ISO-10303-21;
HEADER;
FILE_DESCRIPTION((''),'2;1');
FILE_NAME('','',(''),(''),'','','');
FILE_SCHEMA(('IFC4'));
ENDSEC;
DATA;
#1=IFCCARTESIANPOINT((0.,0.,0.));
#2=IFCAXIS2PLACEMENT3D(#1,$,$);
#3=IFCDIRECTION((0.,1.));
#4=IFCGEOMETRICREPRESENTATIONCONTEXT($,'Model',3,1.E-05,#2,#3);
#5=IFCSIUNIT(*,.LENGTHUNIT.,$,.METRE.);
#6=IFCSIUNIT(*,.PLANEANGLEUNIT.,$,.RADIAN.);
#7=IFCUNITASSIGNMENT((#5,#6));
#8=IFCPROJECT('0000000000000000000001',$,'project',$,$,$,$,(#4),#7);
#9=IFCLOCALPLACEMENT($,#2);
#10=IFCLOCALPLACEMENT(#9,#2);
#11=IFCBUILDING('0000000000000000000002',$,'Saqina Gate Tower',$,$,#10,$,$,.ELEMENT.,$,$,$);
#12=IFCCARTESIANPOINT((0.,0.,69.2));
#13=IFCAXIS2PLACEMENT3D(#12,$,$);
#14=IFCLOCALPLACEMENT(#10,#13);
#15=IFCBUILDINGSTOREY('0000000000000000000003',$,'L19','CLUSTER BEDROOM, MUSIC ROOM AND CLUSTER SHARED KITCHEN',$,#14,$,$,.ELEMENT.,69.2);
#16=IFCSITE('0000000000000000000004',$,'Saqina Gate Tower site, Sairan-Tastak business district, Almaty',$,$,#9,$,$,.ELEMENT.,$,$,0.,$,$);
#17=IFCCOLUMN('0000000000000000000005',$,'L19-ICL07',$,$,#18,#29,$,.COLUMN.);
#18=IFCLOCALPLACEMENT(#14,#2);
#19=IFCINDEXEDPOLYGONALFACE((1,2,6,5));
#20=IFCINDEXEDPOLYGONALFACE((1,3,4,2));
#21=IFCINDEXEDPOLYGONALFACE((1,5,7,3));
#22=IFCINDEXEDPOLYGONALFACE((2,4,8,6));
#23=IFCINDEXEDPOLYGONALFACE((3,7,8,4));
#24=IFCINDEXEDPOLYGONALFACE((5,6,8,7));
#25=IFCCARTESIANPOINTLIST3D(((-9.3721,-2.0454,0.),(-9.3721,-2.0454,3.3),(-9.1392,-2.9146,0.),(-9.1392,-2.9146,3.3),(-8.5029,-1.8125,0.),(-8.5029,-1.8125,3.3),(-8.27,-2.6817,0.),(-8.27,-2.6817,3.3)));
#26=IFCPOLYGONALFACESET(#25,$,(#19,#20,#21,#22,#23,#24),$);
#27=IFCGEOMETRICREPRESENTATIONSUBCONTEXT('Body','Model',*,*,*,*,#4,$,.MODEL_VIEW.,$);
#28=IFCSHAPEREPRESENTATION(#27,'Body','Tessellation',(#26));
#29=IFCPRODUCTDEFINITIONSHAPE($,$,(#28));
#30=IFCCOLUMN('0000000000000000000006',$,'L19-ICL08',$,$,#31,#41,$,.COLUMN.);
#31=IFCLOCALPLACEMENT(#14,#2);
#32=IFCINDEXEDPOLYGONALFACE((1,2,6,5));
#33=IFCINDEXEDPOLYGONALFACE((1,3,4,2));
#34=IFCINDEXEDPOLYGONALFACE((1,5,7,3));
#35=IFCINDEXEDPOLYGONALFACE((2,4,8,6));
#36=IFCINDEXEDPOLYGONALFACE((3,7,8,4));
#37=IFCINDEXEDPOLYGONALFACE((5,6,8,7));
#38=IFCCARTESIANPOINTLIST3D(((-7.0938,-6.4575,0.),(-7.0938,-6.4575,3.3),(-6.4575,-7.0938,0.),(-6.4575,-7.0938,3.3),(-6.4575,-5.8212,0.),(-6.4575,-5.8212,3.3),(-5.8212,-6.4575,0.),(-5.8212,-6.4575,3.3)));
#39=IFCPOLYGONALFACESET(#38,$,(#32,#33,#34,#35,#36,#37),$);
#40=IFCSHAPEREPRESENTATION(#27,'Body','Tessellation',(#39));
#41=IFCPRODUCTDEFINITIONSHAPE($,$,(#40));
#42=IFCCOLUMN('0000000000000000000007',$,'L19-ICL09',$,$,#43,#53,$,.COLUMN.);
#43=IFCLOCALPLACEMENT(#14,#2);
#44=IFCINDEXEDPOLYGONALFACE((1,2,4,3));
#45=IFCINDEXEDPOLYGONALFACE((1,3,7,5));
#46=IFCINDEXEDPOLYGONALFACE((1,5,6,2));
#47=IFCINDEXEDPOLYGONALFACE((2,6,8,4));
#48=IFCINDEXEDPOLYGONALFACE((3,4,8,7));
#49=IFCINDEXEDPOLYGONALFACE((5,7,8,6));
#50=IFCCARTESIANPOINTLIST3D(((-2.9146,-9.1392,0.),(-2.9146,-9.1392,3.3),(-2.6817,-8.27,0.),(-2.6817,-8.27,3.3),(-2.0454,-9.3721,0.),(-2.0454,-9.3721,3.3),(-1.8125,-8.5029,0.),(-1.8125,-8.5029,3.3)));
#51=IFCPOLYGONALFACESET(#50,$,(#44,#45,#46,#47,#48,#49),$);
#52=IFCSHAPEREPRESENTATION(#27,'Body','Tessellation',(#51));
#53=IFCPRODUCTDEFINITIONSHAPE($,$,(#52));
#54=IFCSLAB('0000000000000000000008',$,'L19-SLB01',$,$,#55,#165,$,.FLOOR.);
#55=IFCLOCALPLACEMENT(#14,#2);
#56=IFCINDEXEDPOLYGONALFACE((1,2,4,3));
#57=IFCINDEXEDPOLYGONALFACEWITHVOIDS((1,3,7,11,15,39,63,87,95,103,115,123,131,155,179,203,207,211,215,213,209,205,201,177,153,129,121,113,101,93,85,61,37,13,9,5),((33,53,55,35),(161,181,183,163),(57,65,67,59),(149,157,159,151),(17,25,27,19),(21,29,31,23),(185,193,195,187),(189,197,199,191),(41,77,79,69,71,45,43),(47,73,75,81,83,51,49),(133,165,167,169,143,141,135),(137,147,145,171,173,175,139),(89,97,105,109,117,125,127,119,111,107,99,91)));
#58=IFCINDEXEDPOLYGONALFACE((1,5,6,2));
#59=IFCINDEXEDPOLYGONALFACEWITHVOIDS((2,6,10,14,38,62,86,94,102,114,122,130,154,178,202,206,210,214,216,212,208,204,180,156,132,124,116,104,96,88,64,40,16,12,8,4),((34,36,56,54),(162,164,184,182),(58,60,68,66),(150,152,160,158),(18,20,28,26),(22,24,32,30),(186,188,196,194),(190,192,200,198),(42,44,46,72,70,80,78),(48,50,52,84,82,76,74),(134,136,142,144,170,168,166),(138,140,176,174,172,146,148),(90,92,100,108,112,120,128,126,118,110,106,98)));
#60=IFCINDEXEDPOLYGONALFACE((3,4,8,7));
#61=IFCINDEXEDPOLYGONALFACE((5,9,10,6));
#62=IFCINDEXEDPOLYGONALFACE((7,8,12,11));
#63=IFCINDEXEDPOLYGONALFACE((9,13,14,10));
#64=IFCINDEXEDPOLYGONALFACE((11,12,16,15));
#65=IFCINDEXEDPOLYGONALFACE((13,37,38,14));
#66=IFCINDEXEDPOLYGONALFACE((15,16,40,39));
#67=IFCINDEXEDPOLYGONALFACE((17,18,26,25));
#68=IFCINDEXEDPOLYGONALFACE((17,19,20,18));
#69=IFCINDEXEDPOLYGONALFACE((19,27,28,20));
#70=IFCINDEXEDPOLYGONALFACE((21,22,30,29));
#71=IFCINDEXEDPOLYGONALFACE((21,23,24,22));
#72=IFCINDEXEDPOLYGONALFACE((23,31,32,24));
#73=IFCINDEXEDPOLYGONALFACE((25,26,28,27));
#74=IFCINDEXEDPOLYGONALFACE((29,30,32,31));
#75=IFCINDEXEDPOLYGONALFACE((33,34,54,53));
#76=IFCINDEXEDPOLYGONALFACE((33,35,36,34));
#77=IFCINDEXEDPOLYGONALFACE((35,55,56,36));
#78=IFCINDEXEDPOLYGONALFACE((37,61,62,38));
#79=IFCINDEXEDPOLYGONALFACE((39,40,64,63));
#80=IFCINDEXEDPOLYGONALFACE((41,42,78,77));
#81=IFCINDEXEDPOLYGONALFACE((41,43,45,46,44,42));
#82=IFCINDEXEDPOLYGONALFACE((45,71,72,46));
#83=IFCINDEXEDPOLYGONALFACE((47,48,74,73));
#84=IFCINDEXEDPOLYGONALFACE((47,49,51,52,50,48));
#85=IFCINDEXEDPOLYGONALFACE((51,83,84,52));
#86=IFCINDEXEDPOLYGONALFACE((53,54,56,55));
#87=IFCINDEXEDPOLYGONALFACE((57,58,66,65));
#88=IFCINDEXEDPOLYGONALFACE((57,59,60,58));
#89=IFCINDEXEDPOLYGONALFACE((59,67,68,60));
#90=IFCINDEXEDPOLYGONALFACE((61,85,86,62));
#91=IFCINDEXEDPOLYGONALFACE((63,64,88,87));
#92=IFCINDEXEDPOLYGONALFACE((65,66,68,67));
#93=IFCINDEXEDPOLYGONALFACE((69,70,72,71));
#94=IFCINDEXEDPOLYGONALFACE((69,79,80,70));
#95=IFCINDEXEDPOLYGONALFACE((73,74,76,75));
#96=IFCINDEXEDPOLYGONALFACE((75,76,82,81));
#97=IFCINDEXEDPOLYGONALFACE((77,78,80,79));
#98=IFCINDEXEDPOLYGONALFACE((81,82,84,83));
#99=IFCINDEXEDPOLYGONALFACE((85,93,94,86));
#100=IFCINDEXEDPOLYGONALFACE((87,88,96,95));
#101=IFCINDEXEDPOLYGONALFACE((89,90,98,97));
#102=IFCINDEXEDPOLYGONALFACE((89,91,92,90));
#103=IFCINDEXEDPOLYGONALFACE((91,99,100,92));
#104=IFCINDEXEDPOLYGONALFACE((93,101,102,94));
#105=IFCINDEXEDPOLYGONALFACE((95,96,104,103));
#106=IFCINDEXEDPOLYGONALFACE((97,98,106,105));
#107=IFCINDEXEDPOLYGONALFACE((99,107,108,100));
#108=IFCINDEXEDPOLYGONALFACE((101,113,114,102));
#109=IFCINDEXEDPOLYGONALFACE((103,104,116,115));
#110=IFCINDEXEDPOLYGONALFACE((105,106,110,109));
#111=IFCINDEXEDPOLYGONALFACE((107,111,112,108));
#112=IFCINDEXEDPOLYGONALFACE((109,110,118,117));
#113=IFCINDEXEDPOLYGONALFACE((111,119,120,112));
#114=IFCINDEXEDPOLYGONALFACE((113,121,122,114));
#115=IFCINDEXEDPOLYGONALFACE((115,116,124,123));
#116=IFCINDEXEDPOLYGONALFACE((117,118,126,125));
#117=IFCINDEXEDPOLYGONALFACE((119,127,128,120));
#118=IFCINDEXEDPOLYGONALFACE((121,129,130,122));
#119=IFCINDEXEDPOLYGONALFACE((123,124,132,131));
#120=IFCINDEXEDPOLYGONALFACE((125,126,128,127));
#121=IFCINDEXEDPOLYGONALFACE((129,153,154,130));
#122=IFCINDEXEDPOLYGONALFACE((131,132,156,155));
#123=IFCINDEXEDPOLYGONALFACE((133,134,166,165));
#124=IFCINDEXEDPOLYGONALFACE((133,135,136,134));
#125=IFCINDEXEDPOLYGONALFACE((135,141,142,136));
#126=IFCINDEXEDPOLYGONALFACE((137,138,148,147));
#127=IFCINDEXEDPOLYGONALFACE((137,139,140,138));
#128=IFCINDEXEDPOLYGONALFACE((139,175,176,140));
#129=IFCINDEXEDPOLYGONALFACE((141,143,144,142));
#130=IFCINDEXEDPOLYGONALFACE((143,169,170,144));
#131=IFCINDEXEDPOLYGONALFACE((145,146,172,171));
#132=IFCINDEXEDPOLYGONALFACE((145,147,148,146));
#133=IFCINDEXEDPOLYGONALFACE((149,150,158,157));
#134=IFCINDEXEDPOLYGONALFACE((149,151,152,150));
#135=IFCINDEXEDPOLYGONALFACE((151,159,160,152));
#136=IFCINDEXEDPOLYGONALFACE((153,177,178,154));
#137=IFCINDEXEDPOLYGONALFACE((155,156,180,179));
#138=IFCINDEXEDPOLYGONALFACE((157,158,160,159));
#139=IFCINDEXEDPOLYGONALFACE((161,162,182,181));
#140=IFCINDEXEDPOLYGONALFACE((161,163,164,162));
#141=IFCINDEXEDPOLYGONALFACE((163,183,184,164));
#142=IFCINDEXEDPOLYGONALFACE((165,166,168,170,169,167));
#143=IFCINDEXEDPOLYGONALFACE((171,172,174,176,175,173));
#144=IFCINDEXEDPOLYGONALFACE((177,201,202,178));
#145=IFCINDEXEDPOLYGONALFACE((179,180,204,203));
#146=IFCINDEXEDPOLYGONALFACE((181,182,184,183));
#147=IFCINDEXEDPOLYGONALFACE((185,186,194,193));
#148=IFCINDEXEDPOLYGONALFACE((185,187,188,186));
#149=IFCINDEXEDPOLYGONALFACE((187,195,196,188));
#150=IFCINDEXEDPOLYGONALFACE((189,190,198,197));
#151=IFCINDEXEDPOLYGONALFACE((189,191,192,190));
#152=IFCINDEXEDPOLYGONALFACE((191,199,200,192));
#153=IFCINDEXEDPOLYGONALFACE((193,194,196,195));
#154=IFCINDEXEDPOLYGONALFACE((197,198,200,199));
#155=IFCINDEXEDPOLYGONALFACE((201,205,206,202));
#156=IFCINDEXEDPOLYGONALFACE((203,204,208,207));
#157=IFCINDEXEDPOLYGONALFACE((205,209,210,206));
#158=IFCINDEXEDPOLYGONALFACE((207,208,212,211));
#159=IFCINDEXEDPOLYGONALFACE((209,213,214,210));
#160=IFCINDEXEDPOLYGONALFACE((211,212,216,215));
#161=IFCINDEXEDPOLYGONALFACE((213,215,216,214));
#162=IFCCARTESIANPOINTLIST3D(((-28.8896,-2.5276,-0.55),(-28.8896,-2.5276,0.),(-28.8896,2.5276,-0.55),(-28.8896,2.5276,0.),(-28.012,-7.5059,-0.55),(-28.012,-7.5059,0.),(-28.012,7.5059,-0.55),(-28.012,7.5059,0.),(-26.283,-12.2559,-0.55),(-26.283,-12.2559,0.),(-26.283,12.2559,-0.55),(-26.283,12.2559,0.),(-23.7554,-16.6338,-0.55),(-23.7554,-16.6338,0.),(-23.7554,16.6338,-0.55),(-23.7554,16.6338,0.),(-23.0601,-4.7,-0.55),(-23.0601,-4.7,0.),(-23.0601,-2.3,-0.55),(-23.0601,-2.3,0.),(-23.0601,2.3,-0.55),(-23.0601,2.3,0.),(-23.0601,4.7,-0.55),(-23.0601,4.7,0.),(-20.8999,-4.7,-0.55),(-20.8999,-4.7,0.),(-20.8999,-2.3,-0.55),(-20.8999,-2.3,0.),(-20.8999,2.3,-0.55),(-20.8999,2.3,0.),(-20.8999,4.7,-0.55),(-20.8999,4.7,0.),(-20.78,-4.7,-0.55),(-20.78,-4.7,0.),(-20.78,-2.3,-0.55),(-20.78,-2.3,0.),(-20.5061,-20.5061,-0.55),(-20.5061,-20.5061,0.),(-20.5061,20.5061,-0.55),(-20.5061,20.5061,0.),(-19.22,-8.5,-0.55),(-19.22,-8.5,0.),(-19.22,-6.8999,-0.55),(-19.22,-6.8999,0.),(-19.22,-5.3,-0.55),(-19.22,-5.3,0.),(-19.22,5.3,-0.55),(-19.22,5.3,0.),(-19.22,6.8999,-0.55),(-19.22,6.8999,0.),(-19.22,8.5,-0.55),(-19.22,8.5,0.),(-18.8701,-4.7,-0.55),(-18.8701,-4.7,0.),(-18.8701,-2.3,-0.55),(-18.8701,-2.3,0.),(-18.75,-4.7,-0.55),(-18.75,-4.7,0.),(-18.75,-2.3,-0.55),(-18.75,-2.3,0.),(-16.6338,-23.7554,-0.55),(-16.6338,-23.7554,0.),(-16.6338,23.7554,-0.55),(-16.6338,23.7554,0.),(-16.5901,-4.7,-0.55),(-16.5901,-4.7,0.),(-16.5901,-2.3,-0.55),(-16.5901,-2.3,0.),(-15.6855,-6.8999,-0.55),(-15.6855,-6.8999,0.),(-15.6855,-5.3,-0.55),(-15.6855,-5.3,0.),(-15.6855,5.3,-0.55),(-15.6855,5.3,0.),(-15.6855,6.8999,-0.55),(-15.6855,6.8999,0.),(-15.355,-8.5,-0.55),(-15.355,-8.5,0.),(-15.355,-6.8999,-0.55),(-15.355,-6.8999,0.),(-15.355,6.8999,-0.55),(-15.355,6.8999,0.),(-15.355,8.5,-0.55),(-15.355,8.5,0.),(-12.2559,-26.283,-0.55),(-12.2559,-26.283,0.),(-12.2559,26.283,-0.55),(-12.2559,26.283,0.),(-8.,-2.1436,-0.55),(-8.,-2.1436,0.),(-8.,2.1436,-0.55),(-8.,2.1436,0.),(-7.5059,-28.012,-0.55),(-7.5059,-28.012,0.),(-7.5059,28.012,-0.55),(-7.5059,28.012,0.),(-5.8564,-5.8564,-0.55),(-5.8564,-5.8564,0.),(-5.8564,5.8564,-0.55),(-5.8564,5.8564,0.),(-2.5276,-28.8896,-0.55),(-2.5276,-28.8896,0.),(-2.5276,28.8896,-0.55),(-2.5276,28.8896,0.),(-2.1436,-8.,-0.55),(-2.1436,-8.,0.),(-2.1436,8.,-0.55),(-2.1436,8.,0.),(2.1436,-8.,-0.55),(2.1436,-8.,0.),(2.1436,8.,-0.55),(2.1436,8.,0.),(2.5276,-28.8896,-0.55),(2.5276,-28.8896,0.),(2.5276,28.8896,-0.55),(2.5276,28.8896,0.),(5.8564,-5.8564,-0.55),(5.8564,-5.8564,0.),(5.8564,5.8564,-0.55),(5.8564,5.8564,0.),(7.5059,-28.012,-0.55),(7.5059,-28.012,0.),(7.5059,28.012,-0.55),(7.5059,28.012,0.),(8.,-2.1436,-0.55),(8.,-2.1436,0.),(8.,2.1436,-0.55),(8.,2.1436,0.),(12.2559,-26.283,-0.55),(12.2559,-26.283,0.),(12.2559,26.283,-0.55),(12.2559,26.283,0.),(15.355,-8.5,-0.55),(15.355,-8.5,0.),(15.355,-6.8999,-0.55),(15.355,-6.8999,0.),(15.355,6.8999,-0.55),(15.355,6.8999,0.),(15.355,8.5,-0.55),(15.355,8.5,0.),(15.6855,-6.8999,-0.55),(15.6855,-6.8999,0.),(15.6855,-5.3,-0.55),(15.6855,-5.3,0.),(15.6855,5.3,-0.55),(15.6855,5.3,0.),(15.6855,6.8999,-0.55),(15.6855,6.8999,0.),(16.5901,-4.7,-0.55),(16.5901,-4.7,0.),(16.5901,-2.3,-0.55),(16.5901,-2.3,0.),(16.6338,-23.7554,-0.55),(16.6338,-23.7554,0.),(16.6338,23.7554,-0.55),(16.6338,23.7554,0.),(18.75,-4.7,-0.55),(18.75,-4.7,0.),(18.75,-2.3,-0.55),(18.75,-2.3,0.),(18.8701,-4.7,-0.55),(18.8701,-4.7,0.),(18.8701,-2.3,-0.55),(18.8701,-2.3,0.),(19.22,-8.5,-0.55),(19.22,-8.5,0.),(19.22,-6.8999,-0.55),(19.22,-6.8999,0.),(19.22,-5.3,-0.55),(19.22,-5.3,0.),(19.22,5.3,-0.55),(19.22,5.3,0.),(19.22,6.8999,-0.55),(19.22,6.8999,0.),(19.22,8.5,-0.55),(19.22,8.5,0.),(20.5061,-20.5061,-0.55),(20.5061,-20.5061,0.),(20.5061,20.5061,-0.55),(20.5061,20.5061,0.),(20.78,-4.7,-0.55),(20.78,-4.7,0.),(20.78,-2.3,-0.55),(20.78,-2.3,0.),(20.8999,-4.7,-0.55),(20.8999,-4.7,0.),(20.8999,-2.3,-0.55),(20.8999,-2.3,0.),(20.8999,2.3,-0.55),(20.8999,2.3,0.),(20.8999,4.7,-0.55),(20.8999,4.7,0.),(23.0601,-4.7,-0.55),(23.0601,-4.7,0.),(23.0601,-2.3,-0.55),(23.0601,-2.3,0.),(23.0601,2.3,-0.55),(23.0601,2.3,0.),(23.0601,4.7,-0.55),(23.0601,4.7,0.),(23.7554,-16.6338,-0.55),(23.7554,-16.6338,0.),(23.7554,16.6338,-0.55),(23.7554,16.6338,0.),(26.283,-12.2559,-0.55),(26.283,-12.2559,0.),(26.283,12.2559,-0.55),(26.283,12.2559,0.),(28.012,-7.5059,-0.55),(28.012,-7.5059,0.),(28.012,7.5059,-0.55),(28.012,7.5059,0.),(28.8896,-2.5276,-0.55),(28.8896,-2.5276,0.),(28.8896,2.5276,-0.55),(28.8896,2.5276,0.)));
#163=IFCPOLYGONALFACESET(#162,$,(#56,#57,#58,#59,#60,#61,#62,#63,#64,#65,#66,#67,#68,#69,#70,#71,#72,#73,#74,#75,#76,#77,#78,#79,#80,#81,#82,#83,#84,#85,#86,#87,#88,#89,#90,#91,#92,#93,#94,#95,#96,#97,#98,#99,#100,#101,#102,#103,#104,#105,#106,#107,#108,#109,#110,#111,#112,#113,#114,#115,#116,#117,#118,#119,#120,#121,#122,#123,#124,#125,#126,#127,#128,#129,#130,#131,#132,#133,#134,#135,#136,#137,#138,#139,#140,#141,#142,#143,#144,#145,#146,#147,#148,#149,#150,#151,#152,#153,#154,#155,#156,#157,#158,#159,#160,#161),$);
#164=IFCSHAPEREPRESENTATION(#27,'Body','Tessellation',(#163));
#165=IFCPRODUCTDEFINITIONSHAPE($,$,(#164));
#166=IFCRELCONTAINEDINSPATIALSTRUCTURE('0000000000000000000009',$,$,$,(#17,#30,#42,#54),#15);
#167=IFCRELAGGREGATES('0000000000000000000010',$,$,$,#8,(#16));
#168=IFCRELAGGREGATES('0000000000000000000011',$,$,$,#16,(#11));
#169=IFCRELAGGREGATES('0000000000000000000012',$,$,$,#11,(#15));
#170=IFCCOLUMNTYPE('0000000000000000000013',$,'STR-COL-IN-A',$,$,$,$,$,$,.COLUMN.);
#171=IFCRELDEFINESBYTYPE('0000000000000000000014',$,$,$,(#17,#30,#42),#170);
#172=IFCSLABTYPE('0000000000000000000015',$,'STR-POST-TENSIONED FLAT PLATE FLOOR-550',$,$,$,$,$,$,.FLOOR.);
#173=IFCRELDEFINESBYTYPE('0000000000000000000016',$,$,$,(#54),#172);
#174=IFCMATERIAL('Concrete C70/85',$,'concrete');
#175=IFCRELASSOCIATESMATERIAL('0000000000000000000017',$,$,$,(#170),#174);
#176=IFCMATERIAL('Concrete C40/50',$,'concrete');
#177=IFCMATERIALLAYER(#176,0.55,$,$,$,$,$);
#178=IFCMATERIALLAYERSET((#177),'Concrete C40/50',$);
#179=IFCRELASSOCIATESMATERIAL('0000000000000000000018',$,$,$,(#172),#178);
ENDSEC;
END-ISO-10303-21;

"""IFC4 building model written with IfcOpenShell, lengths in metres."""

from ifc_helpers import new_model, si_unit, direction, frame, origin, origin_2d, place, context, subcontext, project, spatial, polyline, rectangle, outline, extrude, material, layer, layer_set, material_profile, profile_set, type_object, element, save


model = new_model("IFC4")

# Units and contexts
model_context = context("Model", 3, precision=1e-05, world=origin(), true_north=direction((0.0, 1.0)))
body_context = subcontext(model_context, "Body", "Model", "MODEL_VIEW")
ifc_project = project(units=[si_unit("LENGTHUNIT", "METRE"), si_unit("PLANEANGLEUNIT", "RADIAN")], contexts=[model_context])

# Site, building, storey
site_placement = place(None, origin())
site = spatial("IfcSite", under=ifc_project, at=site_placement, Name="Saqina Gate Tower site, Sairan-Tastak business district, Almaty", CompositionType="ELEMENT", RefElevation=0.0)
building_placement = place(site_placement, origin())
building = spatial("IfcBuilding", under=site, at=building_placement, Name="Saqina Gate Tower", CompositionType="ELEMENT")
storey_placement = place(building_placement, frame((0.0, 0.0, 69.2)))
storey = spatial("IfcBuildingStorey", under=building, at=storey_placement, Name="L19", Description="CLUSTER BEDROOM, MUSIC ROOM AND CLUSTER SHARED KITCHEN", CompositionType="ELEMENT", Elevation=69.2)

# Columns
ifc_material_1 = material(Name="Concrete C70/85", Category="concrete")
ifc_material_profile = material_profile(ifc_material_1, rectangle(XDim=0.8999, YDim=0.8999, at=origin_2d()), Name="RC 900x900")
ifc_profile_set = profile_set([ifc_material_profile], Name="Concrete C70/85")
column_type = type_object("IfcColumnType", Name="STR-COL-IN-A", PredefinedType="COLUMN", material=ifc_profile_set)
for number, where, z_axis, x_axis, name in (
    (1, (-8.821, -2.3635, 0.0), (0.0, 0.0, 1.0), (-0.965926, -0.258819, 0.0), "L19-ICL07"),
    (2, (-6.4575, -6.4575, 0.0), (0.0, 0.0, 1.0), (-0.707107, -0.707107, 0.0), "L19-ICL08"),
    (3, (-2.3635, -8.821, 0.0), (0.0, 0.0, 1.0), (-0.258819, -0.965926, 0.0), "L19-ICL09"),
):
    element("IfcColumn", number, at=place(storey_placement, frame(where, z_axis=z_axis, x_axis=x_axis)), inside=storey, type_object=column_type, Name=name, PredefinedType="COLUMN", context=body_context, shape_type="SweptSolid", body=[
        extrude(rectangle(XDim=0.8999, YDim=0.8999, at=origin_2d()), origin(), (0.0, 0.0, 1.0), 3.3),
    ])

# Slab
ifc_material_2 = material(Name="Concrete C40/50", Category="concrete")
ifc_layer_1 = layer(ifc_material_2, 0.55)
ifc_layer_set_1 = layer_set([ifc_layer_1], Name="Concrete C40/50")
slab_type = type_object("IfcSlabType", Name="STR-POST-TENSIONED FLAT PLATE FLOOR-550", PredefinedType="FLOOR", material=ifc_layer_set_1)
slab_placement = place(storey_placement, frame((0.0, 0.0, -0.55)))
element("IfcSlab", 4, at=slab_placement, inside=storey, type_object=slab_type, Name="L19-SLB01", PredefinedType="FLOOR", context=body_context, shape_type="SweptSolid", body=[
    extrude(outline(polyline([(28.012, -7.5059), (28.8896, -2.5276), (28.8896, 2.5276), (28.012, 7.5059), (26.283, 12.2559), (23.7554, 16.6338), (20.5061, 20.5061), (16.6338, 23.7554), (12.2559, 26.283), (7.5059, 28.012), (2.5276, 28.8896), (-2.5276, 28.8896), (-7.5059, 28.012), (-12.2559, 26.283), (-16.6338, 23.7554), (-20.5061, 20.5061), (-23.7554, 16.6338), (-26.283, 12.2559), (-28.012, 7.5059), (-28.8896, 2.5276), (-28.8896, -2.5276), (-28.012, -7.5059), (-26.283, -12.2559), (-23.7554, -16.6338), (-20.5061, -20.5061), (-16.6338, -23.7554), (-12.2559, -26.283), (-7.5059, -28.012), (-2.5276, -28.8896), (2.5276, -28.8896), (7.5059, -28.012), (12.2559, -26.283), (16.6338, -23.7554), (20.5061, -20.5061), (23.7554, -16.6338), (26.283, -12.2559), (28.012, -7.5059)]), holes=[polyline([(2.1436, 8.0), (5.8564, 5.8564), (8.0, 2.1436), (8.0, -2.1436), (5.8564, -5.8564), (2.1436, -8.0), (-2.1436, -8.0), (-5.8564, -5.8564), (-8.0, -2.1436), (-8.0, 2.1436), (-5.8564, 5.8564), (-2.1436, 8.0), (2.1436, 8.0)]), polyline([(-19.22, -8.5), (-19.22, -6.8999), (-19.22, -5.3), (-15.6855, -5.3), (-15.6855, -6.8999), (-15.355, -6.8999), (-15.355, -8.5), (-19.22, -8.5)]), polyline([(-20.8999, -2.3), (-20.8999, -4.7), (-23.0601, -4.7), (-23.0601, -2.3), (-20.8999, -2.3)]), polyline([(-18.8701, -2.3), (-18.8701, -4.7), (-20.78, -4.7), (-20.78, -2.3), (-18.8701, -2.3)]), polyline([(-16.5901, -2.3), (-16.5901, -4.7), (-18.75, -4.7), (-18.75, -2.3), (-16.5901, -2.3)]), polyline([(-20.8999, 4.7), (-20.8999, 2.3), (-23.0601, 2.3), (-23.0601, 4.7), (-20.8999, 4.7)]), polyline([(-19.22, 6.8999), (-19.22, 8.5), (-15.355, 8.5), (-15.355, 6.8999), (-15.6855, 6.8999), (-15.6855, 5.3), (-19.22, 5.3), (-19.22, 6.8999)]), polyline([(15.355, -6.8999), (15.6855, -6.8999), (15.6855, -5.3), (19.22, -5.3), (19.22, -6.8999), (19.22, -8.5), (15.355, -8.5), (15.355, -6.8999)]), polyline([(18.75, -2.3), (18.75, -4.7), (16.5901, -4.7), (16.5901, -2.3), (18.75, -2.3)]), polyline([(20.78, -2.3), (20.78, -4.7), (18.8701, -4.7), (18.8701, -2.3), (20.78, -2.3)]), polyline([(23.0601, -2.3), (23.0601, -4.7), (20.8999, -4.7), (20.8999, -2.3), (23.0601, -2.3)]), polyline([(23.0601, 4.7), (23.0601, 2.3), (20.8999, 2.3), (20.8999, 4.7), (23.0601, 4.7)]), polyline([(15.6855, 6.8999), (15.355, 6.8999), (15.355, 8.5), (19.22, 8.5), (19.22, 6.8999), (19.22, 5.3), (15.6855, 5.3), (15.6855, 6.8999)])]), origin(), (0.0, 0.0, 1.0), 0.55),
])

save(model, "model.ifc")
